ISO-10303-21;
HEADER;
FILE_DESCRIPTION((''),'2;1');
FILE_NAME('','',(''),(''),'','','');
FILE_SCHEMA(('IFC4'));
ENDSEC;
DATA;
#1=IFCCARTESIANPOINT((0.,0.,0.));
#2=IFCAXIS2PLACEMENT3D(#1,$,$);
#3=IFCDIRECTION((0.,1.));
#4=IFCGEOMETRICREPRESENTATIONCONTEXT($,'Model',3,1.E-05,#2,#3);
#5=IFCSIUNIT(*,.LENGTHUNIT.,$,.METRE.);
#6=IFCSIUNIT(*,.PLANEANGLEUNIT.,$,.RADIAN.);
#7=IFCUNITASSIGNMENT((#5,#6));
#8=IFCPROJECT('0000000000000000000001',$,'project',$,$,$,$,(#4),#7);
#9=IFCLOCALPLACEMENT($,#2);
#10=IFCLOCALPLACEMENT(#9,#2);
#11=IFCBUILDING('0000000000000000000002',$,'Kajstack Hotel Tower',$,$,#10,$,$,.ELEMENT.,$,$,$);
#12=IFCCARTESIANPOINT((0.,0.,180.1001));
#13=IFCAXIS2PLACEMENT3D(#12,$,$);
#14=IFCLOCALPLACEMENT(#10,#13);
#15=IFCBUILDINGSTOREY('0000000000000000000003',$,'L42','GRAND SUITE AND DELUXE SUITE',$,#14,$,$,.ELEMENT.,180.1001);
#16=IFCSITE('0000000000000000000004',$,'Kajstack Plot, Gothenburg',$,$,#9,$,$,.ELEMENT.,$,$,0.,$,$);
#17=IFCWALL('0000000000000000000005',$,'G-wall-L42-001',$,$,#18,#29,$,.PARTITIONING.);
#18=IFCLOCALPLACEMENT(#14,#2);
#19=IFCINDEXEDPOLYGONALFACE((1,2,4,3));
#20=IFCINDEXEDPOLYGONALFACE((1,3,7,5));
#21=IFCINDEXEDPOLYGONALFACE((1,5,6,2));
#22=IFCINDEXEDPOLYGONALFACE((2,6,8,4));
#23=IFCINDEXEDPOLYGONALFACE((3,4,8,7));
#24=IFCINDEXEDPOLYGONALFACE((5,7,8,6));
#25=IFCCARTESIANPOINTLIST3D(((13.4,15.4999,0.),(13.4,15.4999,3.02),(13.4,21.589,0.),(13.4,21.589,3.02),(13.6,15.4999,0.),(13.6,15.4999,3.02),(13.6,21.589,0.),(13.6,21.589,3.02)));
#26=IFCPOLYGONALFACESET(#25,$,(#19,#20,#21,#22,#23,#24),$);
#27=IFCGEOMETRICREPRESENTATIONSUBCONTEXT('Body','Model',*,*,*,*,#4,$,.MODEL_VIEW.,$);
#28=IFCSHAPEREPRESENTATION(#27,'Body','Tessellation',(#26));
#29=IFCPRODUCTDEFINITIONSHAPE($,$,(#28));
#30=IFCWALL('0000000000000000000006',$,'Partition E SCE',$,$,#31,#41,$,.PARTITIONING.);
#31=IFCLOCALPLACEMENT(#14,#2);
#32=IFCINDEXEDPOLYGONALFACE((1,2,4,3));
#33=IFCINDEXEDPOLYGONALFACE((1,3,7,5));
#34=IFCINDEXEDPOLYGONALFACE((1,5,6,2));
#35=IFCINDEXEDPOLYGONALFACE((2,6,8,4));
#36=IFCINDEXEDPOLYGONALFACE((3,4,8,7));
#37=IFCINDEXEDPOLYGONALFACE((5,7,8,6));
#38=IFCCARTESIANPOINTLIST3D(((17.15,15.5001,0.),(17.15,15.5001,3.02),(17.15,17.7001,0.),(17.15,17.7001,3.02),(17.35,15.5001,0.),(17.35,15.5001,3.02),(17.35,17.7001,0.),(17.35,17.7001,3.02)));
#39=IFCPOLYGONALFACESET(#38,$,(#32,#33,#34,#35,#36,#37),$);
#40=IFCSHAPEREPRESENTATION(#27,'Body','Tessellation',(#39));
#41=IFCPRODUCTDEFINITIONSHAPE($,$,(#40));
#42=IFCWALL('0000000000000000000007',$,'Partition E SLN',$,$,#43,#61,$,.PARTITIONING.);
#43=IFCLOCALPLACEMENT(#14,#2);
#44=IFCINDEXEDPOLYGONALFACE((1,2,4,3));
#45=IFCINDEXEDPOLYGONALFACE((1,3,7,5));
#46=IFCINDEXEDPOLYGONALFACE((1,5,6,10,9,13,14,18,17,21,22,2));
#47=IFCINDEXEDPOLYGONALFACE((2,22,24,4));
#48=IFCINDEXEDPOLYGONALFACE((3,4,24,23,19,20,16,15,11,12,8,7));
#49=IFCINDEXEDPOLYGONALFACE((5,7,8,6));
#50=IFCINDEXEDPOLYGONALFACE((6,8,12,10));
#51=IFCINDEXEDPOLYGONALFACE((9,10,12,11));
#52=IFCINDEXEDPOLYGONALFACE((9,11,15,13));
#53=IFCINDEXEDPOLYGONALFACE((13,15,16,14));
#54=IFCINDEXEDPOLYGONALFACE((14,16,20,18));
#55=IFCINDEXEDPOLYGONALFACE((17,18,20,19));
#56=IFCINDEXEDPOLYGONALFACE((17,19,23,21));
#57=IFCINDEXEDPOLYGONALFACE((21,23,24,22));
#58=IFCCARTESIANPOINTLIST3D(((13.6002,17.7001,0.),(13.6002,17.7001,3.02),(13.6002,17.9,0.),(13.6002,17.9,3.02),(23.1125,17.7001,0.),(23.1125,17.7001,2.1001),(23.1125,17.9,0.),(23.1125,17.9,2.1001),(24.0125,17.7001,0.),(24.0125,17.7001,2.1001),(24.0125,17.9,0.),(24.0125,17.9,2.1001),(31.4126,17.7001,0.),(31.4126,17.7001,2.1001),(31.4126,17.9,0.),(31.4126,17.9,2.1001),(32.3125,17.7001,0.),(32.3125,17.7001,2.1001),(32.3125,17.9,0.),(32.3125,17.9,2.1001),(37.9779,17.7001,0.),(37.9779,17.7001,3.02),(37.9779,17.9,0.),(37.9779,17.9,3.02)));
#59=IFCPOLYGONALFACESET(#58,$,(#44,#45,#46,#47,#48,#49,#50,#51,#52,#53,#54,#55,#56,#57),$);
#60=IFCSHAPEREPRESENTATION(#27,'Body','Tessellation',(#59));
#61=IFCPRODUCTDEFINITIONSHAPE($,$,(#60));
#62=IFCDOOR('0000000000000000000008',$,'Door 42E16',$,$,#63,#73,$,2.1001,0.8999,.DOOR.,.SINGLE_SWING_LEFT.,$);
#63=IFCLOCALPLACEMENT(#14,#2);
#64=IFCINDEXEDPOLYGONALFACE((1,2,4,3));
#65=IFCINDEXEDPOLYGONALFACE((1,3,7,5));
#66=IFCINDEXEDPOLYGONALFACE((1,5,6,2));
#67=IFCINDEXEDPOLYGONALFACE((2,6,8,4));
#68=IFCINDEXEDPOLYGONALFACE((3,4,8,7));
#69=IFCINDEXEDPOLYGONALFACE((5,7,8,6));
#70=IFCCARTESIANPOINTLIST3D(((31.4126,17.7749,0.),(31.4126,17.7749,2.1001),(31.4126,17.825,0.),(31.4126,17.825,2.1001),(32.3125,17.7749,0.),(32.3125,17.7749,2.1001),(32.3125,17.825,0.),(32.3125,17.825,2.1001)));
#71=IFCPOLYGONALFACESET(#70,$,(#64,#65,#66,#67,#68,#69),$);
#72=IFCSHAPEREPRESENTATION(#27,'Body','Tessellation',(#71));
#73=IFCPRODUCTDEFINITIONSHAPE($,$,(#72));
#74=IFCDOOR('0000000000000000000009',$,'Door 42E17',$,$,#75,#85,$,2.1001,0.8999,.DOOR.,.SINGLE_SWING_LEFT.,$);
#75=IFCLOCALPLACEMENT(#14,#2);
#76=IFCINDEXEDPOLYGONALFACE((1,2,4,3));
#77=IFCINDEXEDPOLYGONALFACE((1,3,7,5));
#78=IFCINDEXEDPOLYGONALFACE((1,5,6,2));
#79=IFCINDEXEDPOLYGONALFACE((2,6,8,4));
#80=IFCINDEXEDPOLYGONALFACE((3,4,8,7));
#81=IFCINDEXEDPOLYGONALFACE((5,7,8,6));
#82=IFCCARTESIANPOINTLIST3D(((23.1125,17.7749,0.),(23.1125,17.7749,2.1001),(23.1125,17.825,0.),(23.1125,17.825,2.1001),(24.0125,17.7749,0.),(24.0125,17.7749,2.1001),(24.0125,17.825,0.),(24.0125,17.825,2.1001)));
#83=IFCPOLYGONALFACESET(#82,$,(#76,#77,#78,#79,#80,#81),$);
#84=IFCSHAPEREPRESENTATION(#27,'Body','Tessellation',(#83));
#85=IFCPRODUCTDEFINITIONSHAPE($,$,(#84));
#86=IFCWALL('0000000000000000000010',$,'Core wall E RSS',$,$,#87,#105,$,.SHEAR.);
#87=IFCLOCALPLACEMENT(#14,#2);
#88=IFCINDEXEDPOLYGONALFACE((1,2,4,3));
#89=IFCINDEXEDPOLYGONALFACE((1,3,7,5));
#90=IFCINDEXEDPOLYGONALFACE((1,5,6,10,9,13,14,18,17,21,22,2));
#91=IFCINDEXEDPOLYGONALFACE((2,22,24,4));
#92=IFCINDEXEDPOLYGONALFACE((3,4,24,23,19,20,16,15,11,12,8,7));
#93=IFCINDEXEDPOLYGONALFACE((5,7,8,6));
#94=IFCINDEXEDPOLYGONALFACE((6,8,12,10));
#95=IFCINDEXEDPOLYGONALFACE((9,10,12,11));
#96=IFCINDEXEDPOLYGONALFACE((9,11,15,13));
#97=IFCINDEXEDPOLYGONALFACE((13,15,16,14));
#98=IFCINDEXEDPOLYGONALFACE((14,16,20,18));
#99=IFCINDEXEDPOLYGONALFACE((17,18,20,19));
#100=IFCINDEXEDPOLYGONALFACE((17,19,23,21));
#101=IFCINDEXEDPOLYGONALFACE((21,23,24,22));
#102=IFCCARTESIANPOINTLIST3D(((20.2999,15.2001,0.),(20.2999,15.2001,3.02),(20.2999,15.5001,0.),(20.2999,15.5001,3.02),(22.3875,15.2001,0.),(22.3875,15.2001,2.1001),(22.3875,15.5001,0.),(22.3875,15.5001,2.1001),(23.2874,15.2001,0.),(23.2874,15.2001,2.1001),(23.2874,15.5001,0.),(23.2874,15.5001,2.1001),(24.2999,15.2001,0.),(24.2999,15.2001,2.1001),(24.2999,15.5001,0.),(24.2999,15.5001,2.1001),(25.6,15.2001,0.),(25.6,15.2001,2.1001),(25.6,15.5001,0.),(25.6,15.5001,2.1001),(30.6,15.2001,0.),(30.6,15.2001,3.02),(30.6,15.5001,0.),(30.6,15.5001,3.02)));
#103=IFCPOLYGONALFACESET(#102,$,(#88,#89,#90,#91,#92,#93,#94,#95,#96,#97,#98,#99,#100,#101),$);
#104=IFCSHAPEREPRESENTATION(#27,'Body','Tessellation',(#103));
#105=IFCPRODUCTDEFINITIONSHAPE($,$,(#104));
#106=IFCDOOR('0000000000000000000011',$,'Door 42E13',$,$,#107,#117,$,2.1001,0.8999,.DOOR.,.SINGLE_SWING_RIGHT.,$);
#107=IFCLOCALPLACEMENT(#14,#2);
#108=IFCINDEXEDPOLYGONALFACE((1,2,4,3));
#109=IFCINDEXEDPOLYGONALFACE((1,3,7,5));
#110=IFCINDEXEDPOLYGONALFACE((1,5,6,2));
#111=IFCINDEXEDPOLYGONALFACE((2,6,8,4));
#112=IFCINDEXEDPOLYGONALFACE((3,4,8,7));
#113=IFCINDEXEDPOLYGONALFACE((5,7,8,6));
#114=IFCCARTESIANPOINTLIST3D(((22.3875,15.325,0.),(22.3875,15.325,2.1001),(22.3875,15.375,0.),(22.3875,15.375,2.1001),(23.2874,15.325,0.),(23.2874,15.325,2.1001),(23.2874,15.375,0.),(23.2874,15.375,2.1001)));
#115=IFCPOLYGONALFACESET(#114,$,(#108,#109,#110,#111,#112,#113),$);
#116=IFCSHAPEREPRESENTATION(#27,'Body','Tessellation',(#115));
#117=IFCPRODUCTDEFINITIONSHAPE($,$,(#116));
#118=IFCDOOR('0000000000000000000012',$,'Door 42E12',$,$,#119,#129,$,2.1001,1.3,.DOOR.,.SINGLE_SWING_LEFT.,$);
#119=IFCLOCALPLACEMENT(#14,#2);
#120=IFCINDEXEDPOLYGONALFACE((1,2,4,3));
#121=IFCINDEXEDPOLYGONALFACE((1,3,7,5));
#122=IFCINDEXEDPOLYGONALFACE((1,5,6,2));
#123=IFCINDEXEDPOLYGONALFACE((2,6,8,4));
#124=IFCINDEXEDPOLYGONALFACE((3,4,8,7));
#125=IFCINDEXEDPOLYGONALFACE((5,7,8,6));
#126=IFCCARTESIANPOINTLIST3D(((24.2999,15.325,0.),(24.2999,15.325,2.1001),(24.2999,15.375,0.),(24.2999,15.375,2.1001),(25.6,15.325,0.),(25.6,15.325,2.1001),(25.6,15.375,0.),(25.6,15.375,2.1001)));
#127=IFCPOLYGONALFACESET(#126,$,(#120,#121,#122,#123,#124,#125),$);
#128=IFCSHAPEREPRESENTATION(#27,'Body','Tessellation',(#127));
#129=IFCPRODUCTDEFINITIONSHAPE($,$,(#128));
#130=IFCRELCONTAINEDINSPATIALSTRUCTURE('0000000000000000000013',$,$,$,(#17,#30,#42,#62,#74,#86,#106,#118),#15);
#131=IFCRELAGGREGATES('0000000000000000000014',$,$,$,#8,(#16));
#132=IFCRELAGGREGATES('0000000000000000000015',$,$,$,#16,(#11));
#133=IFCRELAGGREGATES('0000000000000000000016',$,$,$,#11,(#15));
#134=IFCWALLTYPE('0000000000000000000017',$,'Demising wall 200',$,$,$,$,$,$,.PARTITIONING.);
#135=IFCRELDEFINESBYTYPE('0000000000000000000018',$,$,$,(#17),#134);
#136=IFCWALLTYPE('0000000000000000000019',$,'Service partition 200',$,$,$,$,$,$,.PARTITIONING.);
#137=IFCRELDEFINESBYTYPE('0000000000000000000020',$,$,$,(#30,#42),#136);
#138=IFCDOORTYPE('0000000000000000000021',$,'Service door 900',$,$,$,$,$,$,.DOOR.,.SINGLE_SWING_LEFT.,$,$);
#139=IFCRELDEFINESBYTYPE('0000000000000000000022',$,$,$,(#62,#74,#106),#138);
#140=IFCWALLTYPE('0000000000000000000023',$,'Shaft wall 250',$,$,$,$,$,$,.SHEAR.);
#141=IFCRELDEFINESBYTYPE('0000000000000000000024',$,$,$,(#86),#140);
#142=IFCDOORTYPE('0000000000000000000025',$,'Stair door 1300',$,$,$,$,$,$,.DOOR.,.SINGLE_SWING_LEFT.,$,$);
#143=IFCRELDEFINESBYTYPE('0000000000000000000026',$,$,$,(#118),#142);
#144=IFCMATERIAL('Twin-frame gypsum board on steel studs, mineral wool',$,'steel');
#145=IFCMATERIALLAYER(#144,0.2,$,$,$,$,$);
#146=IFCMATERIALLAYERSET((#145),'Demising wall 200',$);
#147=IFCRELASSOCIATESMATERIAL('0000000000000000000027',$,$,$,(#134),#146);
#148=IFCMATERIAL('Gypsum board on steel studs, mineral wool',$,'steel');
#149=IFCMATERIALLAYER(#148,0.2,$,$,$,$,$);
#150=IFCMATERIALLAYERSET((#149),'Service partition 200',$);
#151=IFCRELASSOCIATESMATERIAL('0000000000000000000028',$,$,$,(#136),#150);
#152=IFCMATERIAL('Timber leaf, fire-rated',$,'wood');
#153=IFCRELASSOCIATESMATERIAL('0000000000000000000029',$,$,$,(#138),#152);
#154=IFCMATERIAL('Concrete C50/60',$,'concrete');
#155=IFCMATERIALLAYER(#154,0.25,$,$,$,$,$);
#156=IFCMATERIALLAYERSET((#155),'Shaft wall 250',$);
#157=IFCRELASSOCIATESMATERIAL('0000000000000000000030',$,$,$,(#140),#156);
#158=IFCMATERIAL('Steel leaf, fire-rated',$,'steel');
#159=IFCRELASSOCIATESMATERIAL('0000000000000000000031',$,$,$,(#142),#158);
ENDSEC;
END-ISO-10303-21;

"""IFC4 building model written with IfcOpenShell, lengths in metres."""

from ifc_helpers import new_model, si_unit, direction, frame, frame_2d, origin, place, context, subcontext, project, spatial, rectangle, extrude, material, layer, layer_set, type_object, element, fill, save


model = new_model("IFC4")

# Units and contexts
model_context = context("Model", 3, precision=1e-05, world=origin(), true_north=direction((0.0, 1.0)))
body_context = subcontext(model_context, "Body", "Model", "MODEL_VIEW")
ifc_project = project(units=[si_unit("LENGTHUNIT", "METRE"), si_unit("PLANEANGLEUNIT", "RADIAN")], contexts=[model_context])

# Site, building, storey
site_placement = place(None, origin())
site = spatial("IfcSite", under=ifc_project, at=site_placement, Name="Kajstack Plot, Gothenburg", CompositionType="ELEMENT", RefElevation=0.0)
building_placement = place(site_placement, origin())
building = spatial("IfcBuilding", under=site, at=building_placement, Name="Kajstack Hotel Tower", CompositionType="ELEMENT")
storey_placement = place(building_placement, frame((0.0, 0.0, 180.1001)))
storey = spatial("IfcBuildingStorey", under=building, at=storey_placement, Name="L42", Description="GRAND SUITE AND DELUXE SUITE", CompositionType="ELEMENT", Elevation=180.1001)

# Wall
ifc_material_1 = material(Name="Twin-frame gypsum board on steel studs, mineral wool", Category="steel")
ifc_layer_1 = layer(ifc_material_1, 0.2)
ifc_layer_set_1 = layer_set([ifc_layer_1], Name="Demising wall 200")
wall_type_1 = type_object("IfcWallType", Name="Demising wall 200", PredefinedType="PARTITIONING", material=ifc_layer_set_1)
wall_1_placement = place(storey_placement, frame((13.5, 15.5, 0.0), z_axis=(0.0, 0.0, 1.0), x_axis=(0.0, 1.0, 0.0)))
element("IfcWall", 1, at=wall_1_placement, inside=storey, type_object=wall_type_1, Name="G-wall-L42-001", PredefinedType="PARTITIONING", context=body_context, shape_type="SweptSolid", body=[
    extrude(rectangle(XDim=6.0891, YDim=0.2, at=frame_2d((3.0444, 0.0))), origin(), (0.0, 0.0, 1.0), 3.02),
])

# Wall
ifc_material_2 = material(Name="Gypsum board on steel studs, mineral wool", Category="steel")
ifc_layer_2 = layer(ifc_material_2, 0.2)
ifc_layer_set_2 = layer_set([ifc_layer_2], Name="Service partition 200")
wall_type_2 = type_object("IfcWallType", Name="Service partition 200", PredefinedType="PARTITIONING", material=ifc_layer_set_2)
wall_2_placement = place(storey_placement, frame((17.25, 15.5, 0.0), z_axis=(0.0, 0.0, 1.0), x_axis=(0.0, 1.0, 0.0)))
element("IfcWall", 2, at=wall_2_placement, inside=storey, type_object=wall_type_2, Name="Partition E SCE", PredefinedType="PARTITIONING", context=body_context, shape_type="SweptSolid", body=[
    extrude(rectangle(XDim=2.2, YDim=0.2, at=frame_2d((1.1001, 0.0))), origin(), (0.0, 0.0, 1.0), 3.02),
])

# Walls, openings, doors
wall_3_placement = place(storey_placement, frame((13.6001, 17.8, 0.0), z_axis=(0.0, 0.0, 1.0), x_axis=(1.0, 0.0, 0.0)))
wall_3 = element("IfcWall", 3, at=wall_3_placement, inside=storey, type_object=wall_type_2, Name="Partition E SLN", PredefinedType="PARTITIONING", context=body_context, shape_type="SweptSolid", body=[
    extrude(rectangle(XDim=24.3777, YDim=0.2, at=frame_2d((12.189, 0.0))), origin(), (0.0, 0.0, 1.0), 3.02),
])
opening_1_placement = place(wall_3_placement, frame((17.8125, 0.0, 0.0)))
opening_1 = element("IfcOpeningElement", 4, at=opening_1_placement, cuts=wall_3, PredefinedType="OPENING", context=body_context, shape_type="SweptSolid", body=[
    extrude(rectangle(XDim=0.8999, YDim=2.1001, at=frame_2d((0.45, 1.05))), frame((0.0, 0.1099, 0.0), z_axis=(0.0, -1.0, 0.0), x_axis=(1.0, 0.0, 0.0)), (0.0, 0.0, 1.0), 0.22),
])
opening_2_placement = place(wall_3_placement, frame((9.5125, 0.0, 0.0)))
opening_2 = element("IfcOpeningElement", 5, at=opening_2_placement, cuts=wall_3, PredefinedType="OPENING", context=body_context, shape_type="SweptSolid", body=[
    extrude(rectangle(XDim=0.8999, YDim=2.1001, at=frame_2d((0.45, 1.05))), frame((0.0, 0.1099, 0.0), z_axis=(0.0, -1.0, 0.0), x_axis=(1.0, 0.0, 0.0)), (0.0, 0.0, 1.0), 0.22),
])
ifc_material_3 = material(Name="Timber leaf, fire-rated", Category="wood")
door_type_1 = type_object("IfcDoorType", Name="Service door 900", OperationType="SINGLE_SWING_LEFT", PredefinedType="DOOR", material=ifc_material_3)
door_1_placement = place(opening_1_placement, origin())
door_1 = element("IfcDoor", 6, at=door_1_placement, inside=storey, type_object=door_type_1, Name="Door 42E16", OperationType="SINGLE_SWING_LEFT", OverallHeight=2.1001, OverallWidth=0.8999, PredefinedType="DOOR", context=body_context, shape_type="SweptSolid", body=[
    extrude(rectangle(XDim=0.8999, YDim=2.1001, at=frame_2d((0.45, 1.05))), frame((0.0, 0.0249, 0.0), z_axis=(0.0, -1.0, 0.0), x_axis=(1.0, 0.0, 0.0)), (0.0, 0.0, 1.0), 0.05),
])
fill(opening_1, door_1)
door_2_placement = place(opening_2_placement, origin())
door_2 = element("IfcDoor", 7, at=door_2_placement, inside=storey, type_object=door_type_1, Name="Door 42E17", OperationType="SINGLE_SWING_LEFT", OverallHeight=2.1001, OverallWidth=0.8999, PredefinedType="DOOR", context=body_context, shape_type="SweptSolid", body=[
    extrude(rectangle(XDim=0.8999, YDim=2.1001, at=frame_2d((0.45, 1.05))), frame((0.0, 0.0249, 0.0), z_axis=(0.0, -1.0, 0.0), x_axis=(1.0, 0.0, 0.0)), (0.0, 0.0, 1.0), 0.05),
])
fill(opening_2, door_2)
ifc_material_4 = material(Name="Concrete C50/60", Category="concrete")
ifc_layer_3 = layer(ifc_material_4, 0.25)
ifc_layer_set_3 = layer_set([ifc_layer_3], Name="Shaft wall 250")
wall_type_3 = type_object("IfcWallType", Name="Shaft wall 250", PredefinedType="SHEAR", material=ifc_layer_set_3)
wall_4_placement = place(storey_placement, frame((20.3, 15.3501, 0.0), z_axis=(0.0, 0.0, 1.0), x_axis=(1.0, 0.0, 0.0)))
wall_4 = element("IfcWall", 8, at=wall_4_placement, inside=storey, type_object=wall_type_3, Name="Core wall E RSS", PredefinedType="SHEAR", context=body_context, shape_type="SweptSolid", body=[
    extrude(rectangle(XDim=10.3, YDim=0.3, at=frame_2d((5.1499, 0.0))), origin(), (0.0, 0.0, 1.0), 3.02),
])
opening_3_placement = place(wall_4_placement, frame((4.0, 0.0, 0.0)))
opening_3 = element("IfcOpeningElement", 9, at=opening_3_placement, cuts=wall_4, PredefinedType="OPENING", context=body_context, shape_type="SweptSolid", body=[
    extrude(rectangle(XDim=1.3, YDim=2.1001, at=frame_2d((0.6499, 1.05))), frame((0.0, 0.1599, 0.0), z_axis=(0.0, -1.0, 0.0), x_axis=(1.0, 0.0, 0.0)), (0.0, 0.0, 1.0), 0.3201),
])
opening_4_placement = place(wall_4_placement, frame((2.0874, 0.0, 0.0)))
opening_4 = element("IfcOpeningElement", 10, at=opening_4_placement, cuts=wall_4, PredefinedType="OPENING", context=body_context, shape_type="SweptSolid", body=[
    extrude(rectangle(XDim=0.8999, YDim=2.1001, at=frame_2d((0.45, 1.05))), frame((0.0, 0.1599, 0.0), z_axis=(0.0, -1.0, 0.0), x_axis=(1.0, 0.0, 0.0)), (0.0, 0.0, 1.0), 0.3201),
])
door_3_placement = place(opening_4_placement, origin())
door_3 = element("IfcDoor", 11, at=door_3_placement, inside=storey, type_object=door_type_1, Name="Door 42E13", OperationType="SINGLE_SWING_RIGHT", OverallHeight=2.1001, OverallWidth=0.8999, PredefinedType="DOOR", context=body_context, shape_type="SweptSolid", body=[
    extrude(rectangle(XDim=0.8999, YDim=2.1001, at=frame_2d((0.45, 1.05))), frame((0.0, 0.0249, 0.0), z_axis=(0.0, -1.0, 0.0), x_axis=(1.0, 0.0, 0.0)), (0.0, 0.0, 1.0), 0.05),
])
fill(opening_4, door_3)
ifc_material_5 = material(Name="Steel leaf, fire-rated", Category="steel")
door_type_2 = type_object("IfcDoorType", Name="Stair door 1300", OperationType="SINGLE_SWING_LEFT", PredefinedType="DOOR", material=ifc_material_5)
door_4_placement = place(opening_3_placement, origin())
door_4 = element("IfcDoor", 12, at=door_4_placement, inside=storey, type_object=door_type_2, Name="Door 42E12", OperationType="SINGLE_SWING_LEFT", OverallHeight=2.1001, OverallWidth=1.3, PredefinedType="DOOR", context=body_context, shape_type="SweptSolid", body=[
    extrude(rectangle(XDim=1.3, YDim=2.1001, at=frame_2d((0.6499, 1.05))), frame((0.0, 0.0249, 0.0), z_axis=(0.0, -1.0, 0.0), x_axis=(1.0, 0.0, 0.0)), (0.0, 0.0, 1.0), 0.05),
])
fill(opening_3, door_4)

save(model, "model.ifc")
